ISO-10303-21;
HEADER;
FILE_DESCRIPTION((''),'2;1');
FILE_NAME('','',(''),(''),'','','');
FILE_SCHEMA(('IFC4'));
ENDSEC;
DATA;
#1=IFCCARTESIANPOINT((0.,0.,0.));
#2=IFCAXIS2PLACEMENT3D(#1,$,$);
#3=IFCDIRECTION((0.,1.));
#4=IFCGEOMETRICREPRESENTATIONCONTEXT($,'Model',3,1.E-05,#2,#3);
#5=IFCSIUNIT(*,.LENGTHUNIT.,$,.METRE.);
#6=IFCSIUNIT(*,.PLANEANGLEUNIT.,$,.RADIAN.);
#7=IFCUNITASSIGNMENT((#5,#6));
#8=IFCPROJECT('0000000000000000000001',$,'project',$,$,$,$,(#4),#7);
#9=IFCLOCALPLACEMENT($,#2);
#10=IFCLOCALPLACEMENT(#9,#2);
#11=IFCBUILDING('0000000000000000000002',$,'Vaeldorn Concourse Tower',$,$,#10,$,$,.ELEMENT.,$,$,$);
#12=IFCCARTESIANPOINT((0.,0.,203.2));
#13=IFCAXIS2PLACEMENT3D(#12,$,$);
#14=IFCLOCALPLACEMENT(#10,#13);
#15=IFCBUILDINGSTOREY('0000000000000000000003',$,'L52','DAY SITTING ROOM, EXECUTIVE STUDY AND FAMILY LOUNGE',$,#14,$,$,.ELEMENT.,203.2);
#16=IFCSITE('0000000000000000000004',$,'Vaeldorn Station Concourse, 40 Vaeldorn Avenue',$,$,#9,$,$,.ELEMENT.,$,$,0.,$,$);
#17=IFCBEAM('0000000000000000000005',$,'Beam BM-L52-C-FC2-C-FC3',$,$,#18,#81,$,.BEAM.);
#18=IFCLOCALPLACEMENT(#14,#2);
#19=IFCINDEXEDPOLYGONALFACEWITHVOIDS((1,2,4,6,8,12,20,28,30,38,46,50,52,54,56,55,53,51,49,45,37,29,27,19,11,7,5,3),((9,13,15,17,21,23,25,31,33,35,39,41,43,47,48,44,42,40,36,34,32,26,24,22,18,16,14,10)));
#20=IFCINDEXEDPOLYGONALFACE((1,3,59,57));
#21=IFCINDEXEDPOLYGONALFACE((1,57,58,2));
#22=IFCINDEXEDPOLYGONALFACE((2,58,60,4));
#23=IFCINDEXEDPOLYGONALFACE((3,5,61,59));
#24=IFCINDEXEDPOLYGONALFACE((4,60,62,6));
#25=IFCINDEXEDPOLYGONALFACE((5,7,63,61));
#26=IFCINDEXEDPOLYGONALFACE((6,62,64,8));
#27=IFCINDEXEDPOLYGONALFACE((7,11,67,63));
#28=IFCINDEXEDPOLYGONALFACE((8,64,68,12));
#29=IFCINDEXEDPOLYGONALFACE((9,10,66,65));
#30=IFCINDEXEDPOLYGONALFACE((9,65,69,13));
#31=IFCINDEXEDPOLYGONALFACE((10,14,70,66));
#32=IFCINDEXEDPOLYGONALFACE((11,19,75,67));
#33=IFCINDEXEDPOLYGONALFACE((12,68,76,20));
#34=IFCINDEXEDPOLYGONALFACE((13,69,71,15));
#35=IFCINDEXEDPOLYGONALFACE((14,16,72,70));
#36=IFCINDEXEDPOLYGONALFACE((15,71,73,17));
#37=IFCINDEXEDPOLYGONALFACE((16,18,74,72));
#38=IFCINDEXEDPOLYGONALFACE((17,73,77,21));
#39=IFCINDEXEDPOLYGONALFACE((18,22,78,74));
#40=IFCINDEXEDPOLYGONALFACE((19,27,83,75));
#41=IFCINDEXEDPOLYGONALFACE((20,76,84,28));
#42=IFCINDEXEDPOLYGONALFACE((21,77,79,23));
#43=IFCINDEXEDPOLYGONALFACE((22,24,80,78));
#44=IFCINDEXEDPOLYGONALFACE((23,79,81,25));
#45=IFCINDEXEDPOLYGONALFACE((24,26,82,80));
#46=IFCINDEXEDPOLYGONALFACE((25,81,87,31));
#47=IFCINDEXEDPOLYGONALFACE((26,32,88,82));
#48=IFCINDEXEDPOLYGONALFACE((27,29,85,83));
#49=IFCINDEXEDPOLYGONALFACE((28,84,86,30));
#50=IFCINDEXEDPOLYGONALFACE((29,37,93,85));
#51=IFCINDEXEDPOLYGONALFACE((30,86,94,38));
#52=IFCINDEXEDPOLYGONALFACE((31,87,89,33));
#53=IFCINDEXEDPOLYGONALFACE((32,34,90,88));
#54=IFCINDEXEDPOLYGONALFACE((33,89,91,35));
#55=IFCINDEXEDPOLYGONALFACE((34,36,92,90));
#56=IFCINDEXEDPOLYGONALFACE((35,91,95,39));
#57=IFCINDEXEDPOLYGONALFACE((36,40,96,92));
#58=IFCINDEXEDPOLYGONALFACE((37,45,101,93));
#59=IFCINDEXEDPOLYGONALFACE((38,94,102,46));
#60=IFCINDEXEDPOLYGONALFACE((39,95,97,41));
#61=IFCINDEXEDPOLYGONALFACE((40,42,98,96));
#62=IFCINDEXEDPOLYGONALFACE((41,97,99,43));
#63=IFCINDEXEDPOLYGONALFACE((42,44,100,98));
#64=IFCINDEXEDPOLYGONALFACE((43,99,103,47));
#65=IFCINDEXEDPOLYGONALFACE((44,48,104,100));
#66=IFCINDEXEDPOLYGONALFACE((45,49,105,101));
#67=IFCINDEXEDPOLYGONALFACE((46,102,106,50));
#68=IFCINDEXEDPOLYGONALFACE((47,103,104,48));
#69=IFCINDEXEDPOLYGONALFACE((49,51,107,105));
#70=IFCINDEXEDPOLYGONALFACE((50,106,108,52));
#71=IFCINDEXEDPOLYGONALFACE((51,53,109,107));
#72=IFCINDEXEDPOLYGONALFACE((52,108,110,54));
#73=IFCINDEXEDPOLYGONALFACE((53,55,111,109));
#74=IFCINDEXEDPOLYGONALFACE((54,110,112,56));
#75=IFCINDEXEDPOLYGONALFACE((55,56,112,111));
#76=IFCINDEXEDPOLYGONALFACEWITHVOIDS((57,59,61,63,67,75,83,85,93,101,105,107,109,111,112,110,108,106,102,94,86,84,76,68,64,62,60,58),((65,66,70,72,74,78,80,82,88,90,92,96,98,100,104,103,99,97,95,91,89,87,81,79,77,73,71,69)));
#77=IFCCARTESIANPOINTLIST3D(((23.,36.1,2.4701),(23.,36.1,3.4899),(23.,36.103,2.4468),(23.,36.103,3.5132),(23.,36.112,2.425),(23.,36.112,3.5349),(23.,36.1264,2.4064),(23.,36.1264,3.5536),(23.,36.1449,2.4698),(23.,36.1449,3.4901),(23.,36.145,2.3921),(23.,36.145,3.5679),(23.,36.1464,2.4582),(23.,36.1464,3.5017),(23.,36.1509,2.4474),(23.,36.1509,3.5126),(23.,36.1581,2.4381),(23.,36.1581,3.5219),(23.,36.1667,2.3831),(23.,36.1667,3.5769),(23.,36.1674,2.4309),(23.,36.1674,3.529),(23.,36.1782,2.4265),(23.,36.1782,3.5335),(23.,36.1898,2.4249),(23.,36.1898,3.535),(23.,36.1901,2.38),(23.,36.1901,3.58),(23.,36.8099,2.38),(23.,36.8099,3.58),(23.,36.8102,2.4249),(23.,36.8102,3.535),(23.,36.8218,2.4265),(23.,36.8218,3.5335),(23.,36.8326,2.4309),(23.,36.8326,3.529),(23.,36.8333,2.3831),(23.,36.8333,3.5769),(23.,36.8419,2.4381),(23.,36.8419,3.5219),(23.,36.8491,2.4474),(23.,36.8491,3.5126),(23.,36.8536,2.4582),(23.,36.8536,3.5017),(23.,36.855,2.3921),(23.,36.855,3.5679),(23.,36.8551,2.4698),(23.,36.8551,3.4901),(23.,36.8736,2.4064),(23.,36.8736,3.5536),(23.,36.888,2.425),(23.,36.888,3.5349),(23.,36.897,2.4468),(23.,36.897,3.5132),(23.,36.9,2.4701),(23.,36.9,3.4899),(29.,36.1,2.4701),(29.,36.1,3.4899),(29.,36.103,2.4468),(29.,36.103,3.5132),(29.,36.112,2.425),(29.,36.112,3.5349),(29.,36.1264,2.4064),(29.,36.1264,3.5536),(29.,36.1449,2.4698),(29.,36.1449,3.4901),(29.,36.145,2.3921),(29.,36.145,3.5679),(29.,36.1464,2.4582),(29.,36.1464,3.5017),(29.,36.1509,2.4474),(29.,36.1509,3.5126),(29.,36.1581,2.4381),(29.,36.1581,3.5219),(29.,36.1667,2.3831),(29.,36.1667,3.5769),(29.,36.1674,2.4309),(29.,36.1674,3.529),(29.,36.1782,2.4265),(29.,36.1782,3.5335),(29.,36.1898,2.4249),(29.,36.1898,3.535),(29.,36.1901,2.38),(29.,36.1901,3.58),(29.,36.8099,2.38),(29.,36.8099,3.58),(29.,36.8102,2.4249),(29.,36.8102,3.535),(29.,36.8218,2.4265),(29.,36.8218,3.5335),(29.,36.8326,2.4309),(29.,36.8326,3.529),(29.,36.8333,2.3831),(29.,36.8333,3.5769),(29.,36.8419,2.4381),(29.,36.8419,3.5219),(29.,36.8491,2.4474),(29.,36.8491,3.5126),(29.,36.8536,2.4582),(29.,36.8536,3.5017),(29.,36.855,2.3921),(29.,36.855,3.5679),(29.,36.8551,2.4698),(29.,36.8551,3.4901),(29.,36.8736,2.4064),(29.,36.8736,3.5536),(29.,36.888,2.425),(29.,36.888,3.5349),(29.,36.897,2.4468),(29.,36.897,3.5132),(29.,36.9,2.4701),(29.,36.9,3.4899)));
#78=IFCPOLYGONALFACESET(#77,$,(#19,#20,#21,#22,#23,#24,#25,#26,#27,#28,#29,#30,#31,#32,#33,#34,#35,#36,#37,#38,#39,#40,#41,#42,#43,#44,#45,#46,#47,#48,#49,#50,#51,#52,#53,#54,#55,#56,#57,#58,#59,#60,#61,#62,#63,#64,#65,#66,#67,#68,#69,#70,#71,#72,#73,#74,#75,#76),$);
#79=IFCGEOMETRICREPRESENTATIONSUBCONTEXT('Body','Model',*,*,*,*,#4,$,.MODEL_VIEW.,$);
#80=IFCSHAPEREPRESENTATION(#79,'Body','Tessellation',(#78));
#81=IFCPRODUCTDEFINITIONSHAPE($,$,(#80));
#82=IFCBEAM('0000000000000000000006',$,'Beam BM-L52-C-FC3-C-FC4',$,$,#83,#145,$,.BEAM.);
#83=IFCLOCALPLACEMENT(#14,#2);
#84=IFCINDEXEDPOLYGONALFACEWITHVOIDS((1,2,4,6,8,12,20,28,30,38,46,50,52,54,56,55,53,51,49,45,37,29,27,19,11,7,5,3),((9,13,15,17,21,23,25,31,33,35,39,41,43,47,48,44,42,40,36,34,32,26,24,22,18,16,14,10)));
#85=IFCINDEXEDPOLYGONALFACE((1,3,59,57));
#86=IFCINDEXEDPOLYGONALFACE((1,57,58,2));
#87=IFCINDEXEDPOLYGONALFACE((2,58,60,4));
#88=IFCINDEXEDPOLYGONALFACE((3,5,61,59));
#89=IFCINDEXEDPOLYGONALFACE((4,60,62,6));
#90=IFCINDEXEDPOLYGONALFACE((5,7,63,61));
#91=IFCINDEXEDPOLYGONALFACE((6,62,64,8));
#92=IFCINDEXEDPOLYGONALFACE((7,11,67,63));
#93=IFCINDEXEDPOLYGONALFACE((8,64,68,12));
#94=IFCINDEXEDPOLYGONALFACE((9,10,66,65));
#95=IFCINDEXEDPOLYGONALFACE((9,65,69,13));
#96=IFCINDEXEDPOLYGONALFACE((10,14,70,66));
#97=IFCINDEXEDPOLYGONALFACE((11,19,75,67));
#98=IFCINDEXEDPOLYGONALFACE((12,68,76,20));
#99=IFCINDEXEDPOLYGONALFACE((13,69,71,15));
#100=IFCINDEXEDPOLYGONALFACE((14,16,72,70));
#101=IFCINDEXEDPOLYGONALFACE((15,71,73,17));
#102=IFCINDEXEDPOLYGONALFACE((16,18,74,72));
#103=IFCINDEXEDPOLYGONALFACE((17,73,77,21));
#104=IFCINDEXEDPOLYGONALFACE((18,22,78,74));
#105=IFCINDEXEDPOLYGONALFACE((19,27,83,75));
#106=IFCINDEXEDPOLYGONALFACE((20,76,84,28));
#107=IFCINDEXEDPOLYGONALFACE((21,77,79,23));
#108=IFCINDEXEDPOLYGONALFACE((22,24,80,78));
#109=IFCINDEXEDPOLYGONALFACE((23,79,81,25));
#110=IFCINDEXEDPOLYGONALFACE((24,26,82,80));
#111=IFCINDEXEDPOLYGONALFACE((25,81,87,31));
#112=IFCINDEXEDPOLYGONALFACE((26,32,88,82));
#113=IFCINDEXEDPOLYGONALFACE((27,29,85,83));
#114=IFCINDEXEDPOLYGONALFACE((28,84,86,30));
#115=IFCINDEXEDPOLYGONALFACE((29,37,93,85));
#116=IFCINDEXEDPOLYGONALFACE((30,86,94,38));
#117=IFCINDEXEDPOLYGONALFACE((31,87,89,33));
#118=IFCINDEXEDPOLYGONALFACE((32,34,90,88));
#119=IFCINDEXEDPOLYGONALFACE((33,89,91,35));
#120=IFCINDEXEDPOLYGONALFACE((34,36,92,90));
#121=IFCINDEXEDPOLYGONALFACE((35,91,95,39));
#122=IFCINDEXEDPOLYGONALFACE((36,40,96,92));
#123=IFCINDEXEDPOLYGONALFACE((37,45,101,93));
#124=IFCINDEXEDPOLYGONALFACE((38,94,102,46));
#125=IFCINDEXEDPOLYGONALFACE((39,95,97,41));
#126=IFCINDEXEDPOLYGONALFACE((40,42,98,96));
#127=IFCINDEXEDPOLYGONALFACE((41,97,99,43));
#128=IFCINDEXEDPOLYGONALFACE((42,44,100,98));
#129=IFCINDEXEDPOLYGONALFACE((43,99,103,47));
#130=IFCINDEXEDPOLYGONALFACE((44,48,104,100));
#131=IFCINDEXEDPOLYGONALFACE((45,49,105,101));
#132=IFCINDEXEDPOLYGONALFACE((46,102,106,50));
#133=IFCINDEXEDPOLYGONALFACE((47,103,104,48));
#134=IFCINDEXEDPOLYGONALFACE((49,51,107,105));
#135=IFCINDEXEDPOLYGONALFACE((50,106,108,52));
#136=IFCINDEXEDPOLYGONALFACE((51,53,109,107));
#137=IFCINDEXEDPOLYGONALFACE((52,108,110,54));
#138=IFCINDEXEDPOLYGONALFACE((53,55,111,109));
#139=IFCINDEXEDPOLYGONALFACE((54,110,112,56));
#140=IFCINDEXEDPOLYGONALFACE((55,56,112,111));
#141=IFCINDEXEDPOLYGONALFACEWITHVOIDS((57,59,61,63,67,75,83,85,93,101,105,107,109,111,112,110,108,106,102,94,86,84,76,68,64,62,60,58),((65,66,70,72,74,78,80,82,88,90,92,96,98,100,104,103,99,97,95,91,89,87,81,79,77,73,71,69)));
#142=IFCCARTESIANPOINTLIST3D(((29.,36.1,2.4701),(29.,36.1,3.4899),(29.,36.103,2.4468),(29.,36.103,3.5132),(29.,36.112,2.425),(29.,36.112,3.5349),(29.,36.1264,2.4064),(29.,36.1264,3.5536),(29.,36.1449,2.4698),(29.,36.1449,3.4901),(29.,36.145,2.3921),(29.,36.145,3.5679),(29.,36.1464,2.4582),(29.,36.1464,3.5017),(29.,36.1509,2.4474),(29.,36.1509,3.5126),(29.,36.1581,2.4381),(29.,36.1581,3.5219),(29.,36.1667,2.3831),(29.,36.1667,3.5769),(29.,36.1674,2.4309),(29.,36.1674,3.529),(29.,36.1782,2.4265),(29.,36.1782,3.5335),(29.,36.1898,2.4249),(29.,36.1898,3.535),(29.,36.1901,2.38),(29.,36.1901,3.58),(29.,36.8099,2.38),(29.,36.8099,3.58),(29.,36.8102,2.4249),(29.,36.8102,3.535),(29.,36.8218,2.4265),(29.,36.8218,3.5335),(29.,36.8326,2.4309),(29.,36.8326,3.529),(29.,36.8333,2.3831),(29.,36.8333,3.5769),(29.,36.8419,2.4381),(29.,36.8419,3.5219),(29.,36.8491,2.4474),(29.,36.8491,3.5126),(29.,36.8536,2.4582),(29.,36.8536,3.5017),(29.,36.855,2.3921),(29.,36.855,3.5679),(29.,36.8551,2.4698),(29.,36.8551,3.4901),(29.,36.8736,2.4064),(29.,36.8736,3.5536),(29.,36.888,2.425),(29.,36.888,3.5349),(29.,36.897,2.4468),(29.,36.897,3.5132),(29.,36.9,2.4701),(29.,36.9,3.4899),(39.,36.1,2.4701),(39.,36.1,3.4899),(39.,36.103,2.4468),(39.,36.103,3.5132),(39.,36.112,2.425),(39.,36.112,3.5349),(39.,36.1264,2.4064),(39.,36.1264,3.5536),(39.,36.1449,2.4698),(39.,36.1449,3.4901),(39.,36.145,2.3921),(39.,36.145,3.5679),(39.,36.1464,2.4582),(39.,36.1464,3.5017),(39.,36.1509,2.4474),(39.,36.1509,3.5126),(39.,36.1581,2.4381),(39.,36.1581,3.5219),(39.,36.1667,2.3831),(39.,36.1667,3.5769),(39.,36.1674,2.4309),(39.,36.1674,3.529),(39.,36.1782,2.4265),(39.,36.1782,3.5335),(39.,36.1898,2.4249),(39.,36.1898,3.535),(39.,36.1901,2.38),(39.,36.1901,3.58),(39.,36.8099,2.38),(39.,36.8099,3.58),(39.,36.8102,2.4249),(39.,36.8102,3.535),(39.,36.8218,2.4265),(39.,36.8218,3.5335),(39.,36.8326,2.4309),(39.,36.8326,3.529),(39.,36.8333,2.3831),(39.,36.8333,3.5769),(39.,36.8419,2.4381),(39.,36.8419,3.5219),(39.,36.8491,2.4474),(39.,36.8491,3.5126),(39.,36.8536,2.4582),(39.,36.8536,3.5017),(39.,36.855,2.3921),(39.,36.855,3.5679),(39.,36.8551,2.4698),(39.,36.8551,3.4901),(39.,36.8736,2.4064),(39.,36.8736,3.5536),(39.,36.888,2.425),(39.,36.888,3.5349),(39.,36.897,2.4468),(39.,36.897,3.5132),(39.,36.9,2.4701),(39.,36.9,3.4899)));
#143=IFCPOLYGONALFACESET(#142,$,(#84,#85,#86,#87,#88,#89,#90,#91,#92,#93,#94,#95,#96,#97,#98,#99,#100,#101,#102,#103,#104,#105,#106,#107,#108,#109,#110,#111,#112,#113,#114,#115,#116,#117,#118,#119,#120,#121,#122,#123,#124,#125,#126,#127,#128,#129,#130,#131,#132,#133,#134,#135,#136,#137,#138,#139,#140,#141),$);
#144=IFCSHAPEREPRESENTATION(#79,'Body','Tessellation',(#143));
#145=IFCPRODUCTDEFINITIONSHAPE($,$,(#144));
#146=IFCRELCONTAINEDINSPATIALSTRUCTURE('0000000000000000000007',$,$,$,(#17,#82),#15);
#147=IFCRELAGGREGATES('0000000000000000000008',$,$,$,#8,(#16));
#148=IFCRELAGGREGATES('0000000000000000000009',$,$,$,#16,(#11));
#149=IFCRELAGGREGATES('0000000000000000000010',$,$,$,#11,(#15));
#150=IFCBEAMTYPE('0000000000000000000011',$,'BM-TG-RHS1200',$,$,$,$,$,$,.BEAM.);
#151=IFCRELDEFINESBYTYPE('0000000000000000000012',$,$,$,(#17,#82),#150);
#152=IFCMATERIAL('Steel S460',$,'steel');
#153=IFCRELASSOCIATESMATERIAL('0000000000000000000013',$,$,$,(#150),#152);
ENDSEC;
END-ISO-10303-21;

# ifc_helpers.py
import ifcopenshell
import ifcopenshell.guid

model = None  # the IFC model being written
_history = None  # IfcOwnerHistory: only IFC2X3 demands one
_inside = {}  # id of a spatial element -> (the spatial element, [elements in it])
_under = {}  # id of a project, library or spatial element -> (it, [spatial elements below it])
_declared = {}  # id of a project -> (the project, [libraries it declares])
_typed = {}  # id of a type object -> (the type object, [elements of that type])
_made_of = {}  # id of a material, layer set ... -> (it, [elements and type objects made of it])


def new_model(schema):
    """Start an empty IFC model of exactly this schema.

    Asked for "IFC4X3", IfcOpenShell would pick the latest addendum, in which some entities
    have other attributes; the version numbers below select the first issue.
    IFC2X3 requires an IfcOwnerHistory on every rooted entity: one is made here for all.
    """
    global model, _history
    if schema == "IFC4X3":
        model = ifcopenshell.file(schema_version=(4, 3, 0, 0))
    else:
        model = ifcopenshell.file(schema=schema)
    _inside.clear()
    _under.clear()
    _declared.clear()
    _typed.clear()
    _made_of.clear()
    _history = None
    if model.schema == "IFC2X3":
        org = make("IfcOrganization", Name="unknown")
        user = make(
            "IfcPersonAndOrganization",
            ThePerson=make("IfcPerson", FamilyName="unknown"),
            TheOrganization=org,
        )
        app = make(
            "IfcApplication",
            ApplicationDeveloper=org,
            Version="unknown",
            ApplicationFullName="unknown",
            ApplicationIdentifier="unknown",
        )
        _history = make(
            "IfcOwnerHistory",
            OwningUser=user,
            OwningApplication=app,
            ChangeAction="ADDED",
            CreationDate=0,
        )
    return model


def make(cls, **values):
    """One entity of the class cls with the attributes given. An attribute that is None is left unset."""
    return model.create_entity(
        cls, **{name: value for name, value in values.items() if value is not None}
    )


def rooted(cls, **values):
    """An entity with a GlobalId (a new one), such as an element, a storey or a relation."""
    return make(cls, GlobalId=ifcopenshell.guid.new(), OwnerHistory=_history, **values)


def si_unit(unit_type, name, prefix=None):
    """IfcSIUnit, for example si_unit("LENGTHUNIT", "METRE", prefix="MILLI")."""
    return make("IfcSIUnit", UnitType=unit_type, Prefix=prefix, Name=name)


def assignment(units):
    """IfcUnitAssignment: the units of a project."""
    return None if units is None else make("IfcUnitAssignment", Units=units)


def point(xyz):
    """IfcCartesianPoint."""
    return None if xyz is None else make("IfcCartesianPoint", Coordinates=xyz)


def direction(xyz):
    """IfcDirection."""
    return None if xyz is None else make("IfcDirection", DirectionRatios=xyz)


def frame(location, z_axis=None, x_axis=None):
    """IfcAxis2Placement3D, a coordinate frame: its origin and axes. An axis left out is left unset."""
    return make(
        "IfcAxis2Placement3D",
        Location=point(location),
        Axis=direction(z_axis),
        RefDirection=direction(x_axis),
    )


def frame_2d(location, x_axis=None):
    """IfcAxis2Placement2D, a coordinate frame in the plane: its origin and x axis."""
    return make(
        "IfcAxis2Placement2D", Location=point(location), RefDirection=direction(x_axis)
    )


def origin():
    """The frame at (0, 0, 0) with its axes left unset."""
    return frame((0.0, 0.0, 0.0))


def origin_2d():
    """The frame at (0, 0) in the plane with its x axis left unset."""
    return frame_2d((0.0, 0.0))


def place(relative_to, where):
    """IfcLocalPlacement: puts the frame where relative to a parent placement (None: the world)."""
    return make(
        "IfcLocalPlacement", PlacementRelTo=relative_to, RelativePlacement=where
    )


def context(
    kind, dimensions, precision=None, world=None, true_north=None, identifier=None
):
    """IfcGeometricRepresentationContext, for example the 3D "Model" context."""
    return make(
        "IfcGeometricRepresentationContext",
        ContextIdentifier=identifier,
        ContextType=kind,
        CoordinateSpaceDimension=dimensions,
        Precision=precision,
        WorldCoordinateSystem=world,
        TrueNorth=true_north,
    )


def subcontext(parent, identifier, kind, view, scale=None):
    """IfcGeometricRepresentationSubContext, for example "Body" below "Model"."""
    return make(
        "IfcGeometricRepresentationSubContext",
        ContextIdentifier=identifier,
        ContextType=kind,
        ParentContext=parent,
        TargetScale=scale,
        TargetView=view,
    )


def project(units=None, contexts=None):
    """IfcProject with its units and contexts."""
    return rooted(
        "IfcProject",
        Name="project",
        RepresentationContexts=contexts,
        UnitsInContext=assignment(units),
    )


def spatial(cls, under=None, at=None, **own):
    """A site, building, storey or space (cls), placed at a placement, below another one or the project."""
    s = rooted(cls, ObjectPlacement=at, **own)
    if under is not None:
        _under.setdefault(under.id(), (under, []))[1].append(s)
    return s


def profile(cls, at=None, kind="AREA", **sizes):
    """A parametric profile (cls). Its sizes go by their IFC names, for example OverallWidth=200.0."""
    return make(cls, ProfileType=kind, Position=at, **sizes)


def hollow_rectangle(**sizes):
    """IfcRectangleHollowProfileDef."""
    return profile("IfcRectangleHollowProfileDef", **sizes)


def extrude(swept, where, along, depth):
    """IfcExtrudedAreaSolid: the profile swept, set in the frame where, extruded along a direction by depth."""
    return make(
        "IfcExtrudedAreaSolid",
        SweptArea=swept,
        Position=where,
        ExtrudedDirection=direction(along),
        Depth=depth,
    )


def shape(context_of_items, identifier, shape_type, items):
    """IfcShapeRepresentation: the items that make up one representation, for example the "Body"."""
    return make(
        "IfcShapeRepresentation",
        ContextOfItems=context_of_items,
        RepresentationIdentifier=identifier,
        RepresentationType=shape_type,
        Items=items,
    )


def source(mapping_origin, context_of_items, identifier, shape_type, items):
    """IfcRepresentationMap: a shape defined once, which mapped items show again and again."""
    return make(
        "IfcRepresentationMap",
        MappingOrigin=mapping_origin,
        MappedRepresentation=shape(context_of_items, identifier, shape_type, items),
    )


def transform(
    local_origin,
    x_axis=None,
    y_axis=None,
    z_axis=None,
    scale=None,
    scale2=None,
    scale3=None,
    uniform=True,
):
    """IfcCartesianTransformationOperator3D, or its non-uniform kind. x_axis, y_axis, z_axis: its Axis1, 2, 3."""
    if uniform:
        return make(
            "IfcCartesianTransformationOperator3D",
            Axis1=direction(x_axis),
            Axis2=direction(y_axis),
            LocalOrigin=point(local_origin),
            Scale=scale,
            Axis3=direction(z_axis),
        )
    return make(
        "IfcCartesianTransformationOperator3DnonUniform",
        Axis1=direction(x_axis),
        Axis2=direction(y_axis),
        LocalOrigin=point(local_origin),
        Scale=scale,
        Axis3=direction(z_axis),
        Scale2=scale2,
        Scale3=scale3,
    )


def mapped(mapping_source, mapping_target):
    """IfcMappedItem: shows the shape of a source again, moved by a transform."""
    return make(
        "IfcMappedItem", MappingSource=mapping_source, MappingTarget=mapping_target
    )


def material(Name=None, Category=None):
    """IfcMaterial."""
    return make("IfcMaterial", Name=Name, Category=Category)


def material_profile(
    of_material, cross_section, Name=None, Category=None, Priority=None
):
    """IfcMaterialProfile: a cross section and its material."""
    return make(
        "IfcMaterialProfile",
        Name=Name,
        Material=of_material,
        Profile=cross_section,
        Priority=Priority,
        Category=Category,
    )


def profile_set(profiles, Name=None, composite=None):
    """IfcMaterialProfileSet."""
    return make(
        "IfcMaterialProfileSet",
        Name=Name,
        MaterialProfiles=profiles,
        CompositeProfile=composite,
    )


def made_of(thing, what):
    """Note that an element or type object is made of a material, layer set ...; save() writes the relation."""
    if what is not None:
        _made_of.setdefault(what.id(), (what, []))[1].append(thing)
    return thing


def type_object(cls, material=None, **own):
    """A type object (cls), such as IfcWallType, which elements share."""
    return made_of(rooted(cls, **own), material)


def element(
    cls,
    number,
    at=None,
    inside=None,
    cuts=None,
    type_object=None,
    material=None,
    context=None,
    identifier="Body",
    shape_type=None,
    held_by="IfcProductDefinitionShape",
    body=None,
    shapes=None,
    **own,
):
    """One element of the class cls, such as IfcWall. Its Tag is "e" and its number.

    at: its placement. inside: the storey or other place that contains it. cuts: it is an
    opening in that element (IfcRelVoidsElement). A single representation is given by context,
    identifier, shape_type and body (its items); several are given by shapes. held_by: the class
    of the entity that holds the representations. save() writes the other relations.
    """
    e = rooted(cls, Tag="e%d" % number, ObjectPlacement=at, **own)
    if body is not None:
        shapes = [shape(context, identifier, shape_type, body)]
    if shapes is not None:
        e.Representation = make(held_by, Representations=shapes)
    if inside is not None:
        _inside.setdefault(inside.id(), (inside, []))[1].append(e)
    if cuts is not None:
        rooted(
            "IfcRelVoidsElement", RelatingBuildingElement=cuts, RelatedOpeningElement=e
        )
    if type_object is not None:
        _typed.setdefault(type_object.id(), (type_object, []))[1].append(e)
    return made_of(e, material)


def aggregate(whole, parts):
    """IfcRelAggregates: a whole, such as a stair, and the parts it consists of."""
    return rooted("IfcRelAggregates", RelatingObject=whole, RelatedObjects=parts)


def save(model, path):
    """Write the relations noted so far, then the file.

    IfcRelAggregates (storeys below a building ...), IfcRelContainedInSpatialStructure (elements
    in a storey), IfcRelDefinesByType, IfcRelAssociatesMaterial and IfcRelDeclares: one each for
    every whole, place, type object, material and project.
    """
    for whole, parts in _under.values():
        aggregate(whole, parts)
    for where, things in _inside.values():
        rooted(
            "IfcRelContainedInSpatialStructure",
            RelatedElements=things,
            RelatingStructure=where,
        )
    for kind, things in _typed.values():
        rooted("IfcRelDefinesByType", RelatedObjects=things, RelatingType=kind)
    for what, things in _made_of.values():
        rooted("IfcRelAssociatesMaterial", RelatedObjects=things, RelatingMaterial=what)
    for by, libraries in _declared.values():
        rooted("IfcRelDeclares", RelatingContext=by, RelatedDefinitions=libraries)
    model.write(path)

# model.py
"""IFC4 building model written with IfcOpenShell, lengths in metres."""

from ifc_helpers import new_model, si_unit, direction, frame, origin, origin_2d, place, context, subcontext, project, spatial, hollow_rectangle, extrude, source, transform, mapped, material, material_profile, profile_set, type_object, element, save


model = new_model("IFC4")

# Units and contexts
model_context = context("Model", 3, precision=1e-05, world=origin(), true_north=direction((0.0, 1.0)))
body_context = subcontext(model_context, "Body", "Model", "MODEL_VIEW")
ifc_project = project(units=[si_unit("LENGTHUNIT", "METRE"), si_unit("PLANEANGLEUNIT", "RADIAN")], contexts=[model_context])

# Site, building, storey
site_placement = place(None, origin())
site = spatial("IfcSite", under=ifc_project, at=site_placement, Name="Vaeldorn Station Concourse, 40 Vaeldorn Avenue", CompositionType="ELEMENT", RefElevation=0.0)
building_placement = place(site_placement, origin())
building = spatial("IfcBuilding", under=site, at=building_placement, Name="Vaeldorn Concourse Tower", CompositionType="ELEMENT")
storey_placement = place(building_placement, frame((0.0, 0.0, 203.2)))
storey = spatial("IfcBuildingStorey", under=building, at=storey_placement, Name="L52", Description="DAY SITTING ROOM, EXECUTIVE STUDY AND FAMILY LOUNGE", CompositionType="ELEMENT", Elevation=203.2)

# Shared definitions
ifc_material_1 = material(Name="Steel S460", Category="steel")

# Beams
ifc_material_profile_1 = material_profile(ifc_material_1, hollow_rectangle(XDim=0.8, YDim=1.2, WallThickness=0.0449, InnerFilletRadius=0.0449, OuterFilletRadius=0.0901, at=origin_2d()), Name="RHS 1200x800x45")
ifc_profile_set_1 = profile_set([ifc_material_profile_1], Name="Steel S460")
beam_type_1 = type_object("IfcBeamType", Name="BM-TG-RHS1200", PredefinedType="BEAM", material=ifc_profile_set_1)
shared_shape_1 = source(origin(), body_context, "Body", "SweptSolid", [
    extrude(hollow_rectangle(XDim=0.8, YDim=1.2, WallThickness=0.0449, InnerFilletRadius=0.0449, OuterFilletRadius=0.0901, at=origin_2d()), origin(), (0.0, 0.0, 1.0), 6.0),
])
beam_1_placement = place(storey_placement, frame((23.0, 36.5, 2.98), z_axis=(1.0, 0.0, 0.0), x_axis=(0.0, 1.0, 0.0)))
element("IfcBeam", 1, at=beam_1_placement, inside=storey, type_object=beam_type_1, Name="Beam BM-L52-C-FC2-C-FC3", PredefinedType="BEAM", context=body_context, shape_type="MappedRepresentation", body=[
    mapped(shared_shape_1, transform((0.0, 0.0, 0.0), scale=1.0)),
])
shared_shape_2 = source(origin(), body_context, "Body", "SweptSolid", [
    extrude(hollow_rectangle(XDim=0.8, YDim=1.2, WallThickness=0.0449, InnerFilletRadius=0.0449, OuterFilletRadius=0.0901, at=origin_2d()), origin(), (0.0, 0.0, 1.0), 10.0),
])
for number, where, z_axis, x_axis, name in (
    (2, (29.0, 36.5, 2.98), (1.0, 0.0, 0.0), (0.0, 1.0, 0.0), "Beam BM-L52-C-FC3-C-FC4"),
):
    element("IfcBeam", number, at=place(storey_placement, frame(where, z_axis=z_axis, x_axis=x_axis)), inside=storey, type_object=beam_type_1, Name=name, PredefinedType="BEAM", context=body_context, shape_type="MappedRepresentation", body=[
        mapped(shared_shape_2, transform((0.0, 0.0, 0.0), scale=1.0)),
    ])

save(model, "model.ifc")
